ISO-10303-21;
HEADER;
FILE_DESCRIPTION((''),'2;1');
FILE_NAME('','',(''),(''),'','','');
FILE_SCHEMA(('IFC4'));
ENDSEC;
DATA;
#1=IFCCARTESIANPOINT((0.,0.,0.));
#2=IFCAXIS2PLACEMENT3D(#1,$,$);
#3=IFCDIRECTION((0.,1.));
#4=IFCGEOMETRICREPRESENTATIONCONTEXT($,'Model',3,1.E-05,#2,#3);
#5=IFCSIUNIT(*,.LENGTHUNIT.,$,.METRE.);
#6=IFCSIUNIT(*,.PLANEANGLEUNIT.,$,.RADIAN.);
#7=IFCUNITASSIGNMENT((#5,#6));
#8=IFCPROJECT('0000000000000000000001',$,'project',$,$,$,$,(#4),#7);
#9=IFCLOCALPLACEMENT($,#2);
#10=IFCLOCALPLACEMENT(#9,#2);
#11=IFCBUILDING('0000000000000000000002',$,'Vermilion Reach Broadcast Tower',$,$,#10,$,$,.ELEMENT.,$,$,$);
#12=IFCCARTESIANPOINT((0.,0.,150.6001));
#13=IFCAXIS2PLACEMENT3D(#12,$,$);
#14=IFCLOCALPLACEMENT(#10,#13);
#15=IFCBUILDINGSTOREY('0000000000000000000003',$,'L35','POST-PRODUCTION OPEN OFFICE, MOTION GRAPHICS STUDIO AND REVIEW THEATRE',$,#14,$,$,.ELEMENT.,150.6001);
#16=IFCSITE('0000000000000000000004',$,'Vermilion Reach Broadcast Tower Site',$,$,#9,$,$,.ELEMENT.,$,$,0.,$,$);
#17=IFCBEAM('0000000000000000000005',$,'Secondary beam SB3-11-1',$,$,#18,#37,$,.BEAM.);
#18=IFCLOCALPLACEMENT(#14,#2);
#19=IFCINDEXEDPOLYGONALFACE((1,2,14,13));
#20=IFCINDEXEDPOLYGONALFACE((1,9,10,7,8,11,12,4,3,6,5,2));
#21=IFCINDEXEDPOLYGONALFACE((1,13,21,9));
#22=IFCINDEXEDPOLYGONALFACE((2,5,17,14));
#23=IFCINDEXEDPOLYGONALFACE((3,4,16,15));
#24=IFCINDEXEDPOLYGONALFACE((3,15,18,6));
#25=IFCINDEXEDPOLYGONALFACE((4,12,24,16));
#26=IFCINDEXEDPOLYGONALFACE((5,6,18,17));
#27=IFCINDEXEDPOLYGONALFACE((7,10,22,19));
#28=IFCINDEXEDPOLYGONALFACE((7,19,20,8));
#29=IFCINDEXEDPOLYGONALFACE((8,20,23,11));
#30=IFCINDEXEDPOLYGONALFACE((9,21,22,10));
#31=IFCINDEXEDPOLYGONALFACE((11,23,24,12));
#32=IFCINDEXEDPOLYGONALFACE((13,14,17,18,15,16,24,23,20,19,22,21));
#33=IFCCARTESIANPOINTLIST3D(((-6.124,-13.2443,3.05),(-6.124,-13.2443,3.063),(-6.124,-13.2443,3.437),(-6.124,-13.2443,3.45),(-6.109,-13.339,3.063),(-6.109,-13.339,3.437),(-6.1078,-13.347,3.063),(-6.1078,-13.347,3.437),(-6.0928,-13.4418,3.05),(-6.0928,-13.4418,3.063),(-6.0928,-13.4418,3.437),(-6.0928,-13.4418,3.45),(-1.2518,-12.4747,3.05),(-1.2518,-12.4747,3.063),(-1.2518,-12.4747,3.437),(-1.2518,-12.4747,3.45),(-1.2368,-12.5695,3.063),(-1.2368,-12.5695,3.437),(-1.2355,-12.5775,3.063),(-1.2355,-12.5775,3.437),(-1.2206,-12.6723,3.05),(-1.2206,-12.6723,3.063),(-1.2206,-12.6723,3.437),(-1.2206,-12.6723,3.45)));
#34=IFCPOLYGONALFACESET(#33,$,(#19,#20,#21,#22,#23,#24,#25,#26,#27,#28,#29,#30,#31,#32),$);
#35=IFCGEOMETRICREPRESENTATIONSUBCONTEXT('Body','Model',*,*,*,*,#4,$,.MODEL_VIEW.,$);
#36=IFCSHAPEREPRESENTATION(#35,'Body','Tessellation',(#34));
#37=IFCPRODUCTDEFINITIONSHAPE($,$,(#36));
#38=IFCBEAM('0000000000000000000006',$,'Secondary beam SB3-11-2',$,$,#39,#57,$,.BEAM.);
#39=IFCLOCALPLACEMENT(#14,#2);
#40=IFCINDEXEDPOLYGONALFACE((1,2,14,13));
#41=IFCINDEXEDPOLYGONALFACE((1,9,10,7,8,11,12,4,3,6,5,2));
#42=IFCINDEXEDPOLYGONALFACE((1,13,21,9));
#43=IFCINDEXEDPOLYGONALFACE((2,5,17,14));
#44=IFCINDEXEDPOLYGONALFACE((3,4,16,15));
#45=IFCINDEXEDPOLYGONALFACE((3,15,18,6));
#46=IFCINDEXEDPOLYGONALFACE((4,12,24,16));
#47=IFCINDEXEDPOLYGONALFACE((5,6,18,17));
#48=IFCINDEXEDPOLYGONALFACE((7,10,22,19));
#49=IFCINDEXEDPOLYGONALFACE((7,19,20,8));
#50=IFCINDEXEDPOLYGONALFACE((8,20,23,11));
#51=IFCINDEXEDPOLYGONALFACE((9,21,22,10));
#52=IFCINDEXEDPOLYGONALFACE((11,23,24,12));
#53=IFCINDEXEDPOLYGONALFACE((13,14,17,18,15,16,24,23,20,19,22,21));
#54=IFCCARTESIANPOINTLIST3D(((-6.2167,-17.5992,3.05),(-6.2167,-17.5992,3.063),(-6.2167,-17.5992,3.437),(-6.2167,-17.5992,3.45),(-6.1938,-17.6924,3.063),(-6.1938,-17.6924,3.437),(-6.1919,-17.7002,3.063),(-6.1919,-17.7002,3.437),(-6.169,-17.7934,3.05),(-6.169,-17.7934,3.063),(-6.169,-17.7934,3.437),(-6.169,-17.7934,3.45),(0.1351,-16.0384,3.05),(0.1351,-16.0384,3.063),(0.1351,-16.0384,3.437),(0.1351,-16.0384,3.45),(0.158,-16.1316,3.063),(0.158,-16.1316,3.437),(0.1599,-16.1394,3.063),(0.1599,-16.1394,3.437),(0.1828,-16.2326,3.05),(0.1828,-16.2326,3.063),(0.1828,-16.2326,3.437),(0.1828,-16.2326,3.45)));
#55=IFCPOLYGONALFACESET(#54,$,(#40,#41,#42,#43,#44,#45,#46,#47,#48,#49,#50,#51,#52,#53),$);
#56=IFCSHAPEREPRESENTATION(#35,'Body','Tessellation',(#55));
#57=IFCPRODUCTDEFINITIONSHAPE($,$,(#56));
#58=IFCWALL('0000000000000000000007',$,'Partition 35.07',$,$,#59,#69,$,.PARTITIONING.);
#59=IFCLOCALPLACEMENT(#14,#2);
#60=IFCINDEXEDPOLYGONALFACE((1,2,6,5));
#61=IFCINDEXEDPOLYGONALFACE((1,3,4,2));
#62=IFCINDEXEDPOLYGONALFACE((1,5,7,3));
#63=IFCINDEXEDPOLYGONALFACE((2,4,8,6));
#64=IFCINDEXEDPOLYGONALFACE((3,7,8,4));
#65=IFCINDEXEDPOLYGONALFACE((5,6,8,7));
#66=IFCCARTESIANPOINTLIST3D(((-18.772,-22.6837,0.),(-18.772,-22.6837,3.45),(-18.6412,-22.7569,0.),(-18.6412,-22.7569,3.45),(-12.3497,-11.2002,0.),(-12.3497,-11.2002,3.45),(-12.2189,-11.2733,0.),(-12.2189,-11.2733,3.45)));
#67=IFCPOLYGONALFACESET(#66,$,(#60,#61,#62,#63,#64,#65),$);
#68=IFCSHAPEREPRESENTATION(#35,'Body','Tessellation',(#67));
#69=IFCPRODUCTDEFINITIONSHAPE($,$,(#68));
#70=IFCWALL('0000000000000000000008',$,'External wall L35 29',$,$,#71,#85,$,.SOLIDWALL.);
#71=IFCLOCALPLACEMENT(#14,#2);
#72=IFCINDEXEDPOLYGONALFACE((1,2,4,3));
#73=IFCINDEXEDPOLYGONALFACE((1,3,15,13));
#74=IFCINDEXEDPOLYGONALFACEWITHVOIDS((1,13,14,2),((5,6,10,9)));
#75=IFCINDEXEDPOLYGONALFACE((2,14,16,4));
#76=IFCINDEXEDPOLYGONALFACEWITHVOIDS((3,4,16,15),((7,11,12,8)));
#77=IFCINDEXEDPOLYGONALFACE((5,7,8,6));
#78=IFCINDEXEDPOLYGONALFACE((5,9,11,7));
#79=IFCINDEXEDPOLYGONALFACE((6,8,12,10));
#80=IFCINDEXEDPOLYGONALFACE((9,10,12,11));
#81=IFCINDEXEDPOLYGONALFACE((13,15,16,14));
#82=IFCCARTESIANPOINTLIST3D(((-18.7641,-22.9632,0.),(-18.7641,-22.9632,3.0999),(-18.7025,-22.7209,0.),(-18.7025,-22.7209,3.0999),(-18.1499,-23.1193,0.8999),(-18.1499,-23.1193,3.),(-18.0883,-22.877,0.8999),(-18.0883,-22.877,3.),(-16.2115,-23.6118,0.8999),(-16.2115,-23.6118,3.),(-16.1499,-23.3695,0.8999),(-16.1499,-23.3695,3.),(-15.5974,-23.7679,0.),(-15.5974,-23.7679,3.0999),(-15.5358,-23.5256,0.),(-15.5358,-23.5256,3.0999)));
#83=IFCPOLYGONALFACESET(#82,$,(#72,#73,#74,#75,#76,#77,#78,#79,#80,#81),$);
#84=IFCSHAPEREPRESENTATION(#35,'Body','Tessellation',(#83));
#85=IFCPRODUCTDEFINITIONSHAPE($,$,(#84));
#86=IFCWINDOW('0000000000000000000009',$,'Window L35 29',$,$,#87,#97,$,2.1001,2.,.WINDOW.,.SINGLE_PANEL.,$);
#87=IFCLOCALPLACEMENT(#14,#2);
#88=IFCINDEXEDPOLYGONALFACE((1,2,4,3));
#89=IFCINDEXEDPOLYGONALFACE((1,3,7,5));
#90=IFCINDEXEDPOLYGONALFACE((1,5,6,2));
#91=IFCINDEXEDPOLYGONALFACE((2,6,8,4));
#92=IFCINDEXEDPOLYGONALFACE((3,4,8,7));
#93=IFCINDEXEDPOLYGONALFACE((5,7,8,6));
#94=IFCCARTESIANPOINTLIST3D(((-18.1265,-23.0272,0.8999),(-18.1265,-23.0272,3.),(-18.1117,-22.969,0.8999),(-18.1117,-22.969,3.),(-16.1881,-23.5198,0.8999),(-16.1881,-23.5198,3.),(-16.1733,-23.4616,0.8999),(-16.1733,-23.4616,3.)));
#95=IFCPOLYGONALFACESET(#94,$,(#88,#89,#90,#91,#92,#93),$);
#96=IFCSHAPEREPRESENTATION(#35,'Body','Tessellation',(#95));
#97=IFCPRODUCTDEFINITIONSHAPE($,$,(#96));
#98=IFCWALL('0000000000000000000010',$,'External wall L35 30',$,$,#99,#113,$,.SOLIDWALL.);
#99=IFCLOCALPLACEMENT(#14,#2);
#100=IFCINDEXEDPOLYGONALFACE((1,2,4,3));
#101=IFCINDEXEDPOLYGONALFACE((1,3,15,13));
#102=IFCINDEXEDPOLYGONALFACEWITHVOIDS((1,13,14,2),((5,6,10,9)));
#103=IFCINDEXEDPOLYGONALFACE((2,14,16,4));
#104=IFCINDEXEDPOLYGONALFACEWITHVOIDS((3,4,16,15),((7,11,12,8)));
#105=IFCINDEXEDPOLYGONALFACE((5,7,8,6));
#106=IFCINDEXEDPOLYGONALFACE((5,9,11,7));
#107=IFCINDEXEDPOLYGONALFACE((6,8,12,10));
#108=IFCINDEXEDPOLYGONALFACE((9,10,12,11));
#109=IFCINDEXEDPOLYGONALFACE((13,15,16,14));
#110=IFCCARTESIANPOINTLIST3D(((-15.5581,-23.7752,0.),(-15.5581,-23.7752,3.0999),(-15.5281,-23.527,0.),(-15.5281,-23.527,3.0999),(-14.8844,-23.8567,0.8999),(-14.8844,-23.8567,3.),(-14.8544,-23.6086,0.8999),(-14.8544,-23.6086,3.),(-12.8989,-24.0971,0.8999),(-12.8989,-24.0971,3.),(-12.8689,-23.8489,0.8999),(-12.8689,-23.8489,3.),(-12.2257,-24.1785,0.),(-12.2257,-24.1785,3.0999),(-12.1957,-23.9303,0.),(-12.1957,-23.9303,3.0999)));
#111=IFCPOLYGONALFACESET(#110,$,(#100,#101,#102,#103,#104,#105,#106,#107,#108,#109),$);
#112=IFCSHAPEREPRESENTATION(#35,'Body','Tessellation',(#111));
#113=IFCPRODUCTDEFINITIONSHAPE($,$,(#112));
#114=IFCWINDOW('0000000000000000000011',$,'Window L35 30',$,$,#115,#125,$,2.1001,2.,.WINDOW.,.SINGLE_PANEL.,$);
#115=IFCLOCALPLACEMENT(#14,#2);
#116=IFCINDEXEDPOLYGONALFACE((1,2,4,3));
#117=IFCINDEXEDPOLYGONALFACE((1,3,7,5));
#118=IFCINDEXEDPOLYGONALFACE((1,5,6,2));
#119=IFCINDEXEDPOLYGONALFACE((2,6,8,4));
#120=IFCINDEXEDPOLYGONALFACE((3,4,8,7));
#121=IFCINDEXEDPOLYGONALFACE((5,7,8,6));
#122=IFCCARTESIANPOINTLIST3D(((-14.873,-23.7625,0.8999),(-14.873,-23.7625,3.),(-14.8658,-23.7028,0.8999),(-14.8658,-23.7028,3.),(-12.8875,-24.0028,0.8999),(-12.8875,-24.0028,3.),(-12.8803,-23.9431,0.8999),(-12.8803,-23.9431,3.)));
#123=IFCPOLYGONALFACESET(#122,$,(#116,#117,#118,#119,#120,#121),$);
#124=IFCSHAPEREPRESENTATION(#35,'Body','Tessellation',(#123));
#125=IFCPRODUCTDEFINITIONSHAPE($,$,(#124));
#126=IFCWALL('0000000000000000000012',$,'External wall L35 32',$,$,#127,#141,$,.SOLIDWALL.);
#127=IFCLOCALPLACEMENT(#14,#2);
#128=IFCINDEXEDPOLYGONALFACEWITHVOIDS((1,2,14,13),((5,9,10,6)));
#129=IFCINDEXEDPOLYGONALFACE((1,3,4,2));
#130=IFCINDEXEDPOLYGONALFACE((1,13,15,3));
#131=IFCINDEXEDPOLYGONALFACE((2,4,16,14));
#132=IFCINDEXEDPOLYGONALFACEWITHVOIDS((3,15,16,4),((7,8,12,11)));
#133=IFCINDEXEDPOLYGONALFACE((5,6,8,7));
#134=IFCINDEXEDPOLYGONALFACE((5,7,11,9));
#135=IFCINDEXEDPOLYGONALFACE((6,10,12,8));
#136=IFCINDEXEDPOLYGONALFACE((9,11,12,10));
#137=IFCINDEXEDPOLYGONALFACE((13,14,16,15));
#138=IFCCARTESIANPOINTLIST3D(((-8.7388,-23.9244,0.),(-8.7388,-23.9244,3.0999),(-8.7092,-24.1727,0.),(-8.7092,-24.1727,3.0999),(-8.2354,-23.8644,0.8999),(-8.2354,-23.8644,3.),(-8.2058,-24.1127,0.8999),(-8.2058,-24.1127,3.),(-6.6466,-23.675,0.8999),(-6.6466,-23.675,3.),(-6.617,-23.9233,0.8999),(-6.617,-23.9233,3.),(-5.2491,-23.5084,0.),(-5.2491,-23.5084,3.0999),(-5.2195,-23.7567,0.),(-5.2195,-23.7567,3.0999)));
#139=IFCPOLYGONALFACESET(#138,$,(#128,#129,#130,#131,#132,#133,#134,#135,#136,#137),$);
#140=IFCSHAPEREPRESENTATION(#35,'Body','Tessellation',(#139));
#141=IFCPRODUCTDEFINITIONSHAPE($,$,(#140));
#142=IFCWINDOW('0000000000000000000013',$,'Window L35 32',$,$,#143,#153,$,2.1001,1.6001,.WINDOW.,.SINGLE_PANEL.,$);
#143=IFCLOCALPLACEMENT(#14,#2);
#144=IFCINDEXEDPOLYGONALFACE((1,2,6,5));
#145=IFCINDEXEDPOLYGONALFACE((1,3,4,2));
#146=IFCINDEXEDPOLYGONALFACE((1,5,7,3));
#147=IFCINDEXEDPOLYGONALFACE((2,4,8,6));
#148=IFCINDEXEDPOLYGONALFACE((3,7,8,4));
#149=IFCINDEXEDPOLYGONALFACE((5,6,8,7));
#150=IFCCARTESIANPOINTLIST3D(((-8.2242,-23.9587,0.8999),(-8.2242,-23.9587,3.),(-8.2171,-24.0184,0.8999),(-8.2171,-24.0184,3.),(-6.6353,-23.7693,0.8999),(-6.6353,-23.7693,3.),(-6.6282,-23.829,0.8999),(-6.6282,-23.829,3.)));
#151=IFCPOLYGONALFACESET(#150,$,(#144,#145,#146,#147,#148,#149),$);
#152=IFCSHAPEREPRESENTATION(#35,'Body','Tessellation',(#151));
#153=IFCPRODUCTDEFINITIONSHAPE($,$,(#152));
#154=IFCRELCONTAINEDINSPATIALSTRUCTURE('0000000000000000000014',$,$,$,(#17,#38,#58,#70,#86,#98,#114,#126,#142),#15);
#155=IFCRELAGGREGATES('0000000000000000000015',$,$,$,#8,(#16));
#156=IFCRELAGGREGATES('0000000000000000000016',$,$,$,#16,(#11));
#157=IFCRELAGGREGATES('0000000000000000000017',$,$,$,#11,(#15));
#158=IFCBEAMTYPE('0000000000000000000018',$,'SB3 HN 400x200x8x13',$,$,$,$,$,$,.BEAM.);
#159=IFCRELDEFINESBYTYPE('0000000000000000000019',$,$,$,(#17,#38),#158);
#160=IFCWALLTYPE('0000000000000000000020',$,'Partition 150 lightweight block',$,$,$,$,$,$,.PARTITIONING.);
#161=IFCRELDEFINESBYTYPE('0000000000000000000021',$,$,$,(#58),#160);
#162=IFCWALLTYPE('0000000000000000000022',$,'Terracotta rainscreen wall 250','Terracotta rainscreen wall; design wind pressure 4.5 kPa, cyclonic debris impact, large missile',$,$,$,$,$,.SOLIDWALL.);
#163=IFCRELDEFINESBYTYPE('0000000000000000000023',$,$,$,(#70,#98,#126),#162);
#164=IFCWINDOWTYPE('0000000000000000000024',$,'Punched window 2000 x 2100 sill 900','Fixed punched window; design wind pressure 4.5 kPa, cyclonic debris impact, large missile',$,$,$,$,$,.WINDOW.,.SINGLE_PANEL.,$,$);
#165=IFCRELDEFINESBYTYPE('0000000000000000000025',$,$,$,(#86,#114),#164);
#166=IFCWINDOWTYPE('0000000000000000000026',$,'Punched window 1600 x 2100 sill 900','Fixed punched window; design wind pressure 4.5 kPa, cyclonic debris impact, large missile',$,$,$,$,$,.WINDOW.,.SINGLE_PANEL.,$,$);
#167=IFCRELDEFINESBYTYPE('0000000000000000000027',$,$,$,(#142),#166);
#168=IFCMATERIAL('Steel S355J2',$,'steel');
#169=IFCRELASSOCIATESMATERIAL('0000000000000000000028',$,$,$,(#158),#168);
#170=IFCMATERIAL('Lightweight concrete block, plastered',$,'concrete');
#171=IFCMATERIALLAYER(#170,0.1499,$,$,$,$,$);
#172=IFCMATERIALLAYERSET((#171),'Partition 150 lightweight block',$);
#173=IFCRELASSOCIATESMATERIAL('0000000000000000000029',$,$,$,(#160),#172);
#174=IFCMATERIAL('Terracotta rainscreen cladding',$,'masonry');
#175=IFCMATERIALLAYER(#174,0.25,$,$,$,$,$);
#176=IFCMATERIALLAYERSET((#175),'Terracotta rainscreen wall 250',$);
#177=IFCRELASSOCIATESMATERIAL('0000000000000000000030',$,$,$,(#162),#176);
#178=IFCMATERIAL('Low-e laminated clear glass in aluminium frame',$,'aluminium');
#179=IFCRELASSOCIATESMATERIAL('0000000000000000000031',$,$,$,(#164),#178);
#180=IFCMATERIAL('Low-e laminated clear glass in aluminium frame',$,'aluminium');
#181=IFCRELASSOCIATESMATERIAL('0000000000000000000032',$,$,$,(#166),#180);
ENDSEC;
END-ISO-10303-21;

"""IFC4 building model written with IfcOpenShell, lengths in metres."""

from ifc_helpers import new_model, si_unit, direction, frame, frame_2d, origin, origin_2d, place, context, subcontext, project, spatial, rectangle, i_section, extrude, material, layer, layer_set, material_profile, profile_set, type_object, element, fill, save


model = new_model("IFC4")

# Units and contexts
model_context = context("Model", 3, precision=1e-05, world=origin(), true_north=direction((0.0, 1.0)))
body_context = subcontext(model_context, "Body", "Model", "MODEL_VIEW")
ifc_project = project(units=[si_unit("LENGTHUNIT", "METRE"), si_unit("PLANEANGLEUNIT", "RADIAN")], contexts=[model_context])

# Site, building, storey
site_placement = place(None, origin())
site = spatial("IfcSite", under=ifc_project, at=site_placement, Name="Vermilion Reach Broadcast Tower Site", CompositionType="ELEMENT", RefElevation=0.0)
building_placement = place(site_placement, origin())
building = spatial("IfcBuilding", under=site, at=building_placement, Name="Vermilion Reach Broadcast Tower", CompositionType="ELEMENT")
storey_placement = place(building_placement, frame((0.0, 0.0, 150.6001)))
storey = spatial("IfcBuildingStorey", under=building, at=storey_placement, Name="L35", Description="POST-PRODUCTION OPEN OFFICE, MOTION GRAPHICS STUDIO AND REVIEW THEATRE", CompositionType="ELEMENT", Elevation=150.6001)

# Beams
ifc_material_1 = material(Name="Steel S355J2", Category="steel")
ifc_material_profile_1 = material_profile(ifc_material_1, i_section(OverallWidth=0.2, OverallDepth=0.3999, WebThickness=0.0081, FlangeThickness=0.0129, at=origin_2d()), Name="S355J2 HN 400x200x8x13")
ifc_profile_set_1 = profile_set([ifc_material_profile_1], Name="Steel S355J2")
beam_type_1 = type_object("IfcBeamType", Name="SB3 HN 400x200x8x13", PredefinedType="BEAM", material=ifc_profile_set_1)
beam_1_placement = place(storey_placement, frame((-6.1084, -13.343, 3.25), z_axis=(0.987756, 0.156006, 0.0), x_axis=(-0.156006, 0.987756, 0.0)))
element("IfcBeam", 1, at=beam_1_placement, inside=storey, type_object=beam_type_1, Name="Secondary beam SB3-11-1", PredefinedType="BEAM", context=body_context, shape_type="SweptSolid", body=[
    extrude(i_section(OverallWidth=0.2, OverallDepth=0.3999, WebThickness=0.0081, FlangeThickness=0.0129, at=origin_2d()), origin(), (0.0, 0.0, 1.0), 4.9326),
])
beam_2_placement = place(storey_placement, frame((-6.1929, -17.6963, 3.25), z_axis=(0.971112, 0.238625, 0.0), x_axis=(-0.238625, 0.971112, 0.0)))
element("IfcBeam", 2, at=beam_2_placement, inside=storey, type_object=beam_type_1, Name="Secondary beam SB3-11-2", PredefinedType="BEAM", context=body_context, shape_type="SweptSolid", body=[
    extrude(i_section(OverallWidth=0.2, OverallDepth=0.3999, WebThickness=0.0081, FlangeThickness=0.0129, at=origin_2d()), origin(), (0.0, 0.0, 1.0), 6.5408),
])

# Wall
ifc_material_2 = material(Name="Lightweight concrete block, plastered", Category="concrete")
ifc_layer_1 = layer(ifc_material_2, 0.1499)
ifc_layer_set_1 = layer_set([ifc_layer_1], Name="Partition 150 lightweight block")
wall_type_1 = type_object("IfcWallType", Name="Partition 150 lightweight block", PredefinedType="PARTITIONING", material=ifc_layer_set_1)
wall_1_placement = place(storey_placement, frame((-18.7065, -22.7202, 0.0), z_axis=(0.0, 0.0, 1.0), x_axis=(0.488113, 0.872781, 0.0)))
element("IfcWall", 3, at=wall_1_placement, inside=storey, type_object=wall_type_1, Name="Partition 35.07", PredefinedType="PARTITIONING", context=body_context, shape_type="SweptSolid", body=[
    extrude(rectangle(XDim=13.1575, YDim=0.1499, at=frame_2d((6.5786, 0.0))), origin(), (0.0, 0.0, 1.0), 3.45),
])

# Walls, openings, windows
ifc_material_3 = material(Name="Terracotta rainscreen cladding", Category="masonry")
ifc_layer_2 = layer(ifc_material_3, 0.25)
ifc_layer_set_2 = layer_set([ifc_layer_2], Name="Terracotta rainscreen wall 250")
wall_type_2 = type_object("IfcWallType", Name="Terracotta rainscreen wall 250", Description="Terracotta rainscreen wall; design wind pressure 4.5 kPa, cyclonic debris impact, large missile", PredefinedType="SOLIDWALL", material=ifc_layer_set_2)
wall_2_placement = place(storey_placement, frame((-18.7334, -22.842, 0.0), z_axis=(0.0, 0.0, 1.0), x_axis=(0.969199, -0.246279, 0.0)))
wall_2 = element("IfcWall", 4, at=wall_2_placement, inside=storey, type_object=wall_type_2, Name="External wall L35 29", PredefinedType="SOLIDWALL", context=body_context, shape_type="SweptSolid", body=[
    extrude(rectangle(XDim=3.2673, YDim=0.25, at=frame_2d((1.6338, 0.0))), origin(), (0.0, 0.0, 1.0), 3.0999),
])
opening_1_placement = place(wall_2_placement, frame((0.6338, 0.0, 0.8999)))
opening_1 = element("IfcOpeningElement", 5, at=opening_1_placement, cuts=wall_2, PredefinedType="OPENING", context=body_context, shape_type="SweptSolid", body=[
    extrude(rectangle(XDim=2.0, YDim=2.1001, at=frame_2d((1.0, 1.05))), frame((0.0, 0.135, 0.0), z_axis=(0.0, -1.0, 0.0), x_axis=(1.0, 0.0, 0.0)), (0.0, 0.0, 1.0), 0.27),
])
ifc_material_4 = material(Name="Low-e laminated clear glass in aluminium frame", Category="aluminium")
window_type_1 = type_object("IfcWindowType", Name="Punched window 2000 x 2100 sill 900", Description="Fixed punched window; design wind pressure 4.5 kPa, cyclonic debris impact, large missile", PartitioningType="SINGLE_PANEL", PredefinedType="WINDOW", material=ifc_material_4)
window_1_placement = place(opening_1_placement, origin())
window_1 = element("IfcWindow", 6, at=window_1_placement, inside=storey, type_object=window_type_1, Name="Window L35 29", OverallHeight=2.1001, OverallWidth=2.0, PartitioningType="SINGLE_PANEL", PredefinedType="WINDOW", context=body_context, shape_type="SweptSolid", body=[
    extrude(rectangle(XDim=2.0, YDim=2.1001, at=frame_2d((1.0, 1.05))), frame((0.0, 0.03, 0.0), z_axis=(0.0, -1.0, 0.0), x_axis=(1.0, 0.0, 0.0)), (0.0, 0.0, 1.0), 0.0601),
])
fill(opening_1, window_1)
wall_3_placement = place(storey_placement, frame((-15.543, -23.6511, 0.0), z_axis=(0.0, 0.0, 1.0), x_axis=(0.992755, -0.120158, 0.0)))
wall_3 = element("IfcWall", 7, at=wall_3_placement, inside=storey, type_object=wall_type_2, Name="External wall L35 30", PredefinedType="SOLIDWALL", context=body_context, shape_type="SweptSolid", body=[
    extrude(rectangle(XDim=3.3567, YDim=0.25, at=frame_2d((1.6782, 0.0))), origin(), (0.0, 0.0, 1.0), 3.0999),
])
opening_2_placement = place(wall_3_placement, frame((0.6785, 0.0, 0.8999)))
opening_2 = element("IfcOpeningElement", 8, at=opening_2_placement, cuts=wall_3, PredefinedType="OPENING", context=body_context, shape_type="SweptSolid", body=[
    extrude(rectangle(XDim=2.0, YDim=2.1001, at=frame_2d((1.0, 1.05))), frame((0.0, 0.135, 0.0), z_axis=(0.0, -1.0, 0.0), x_axis=(1.0, 0.0, 0.0)), (0.0, 0.0, 1.0), 0.27),
])
window_2_placement = place(opening_2_placement, origin())
window_2 = element("IfcWindow", 9, at=window_2_placement, inside=storey, type_object=window_type_1, Name="Window L35 30", OverallHeight=2.1001, OverallWidth=2.0, PartitioningType="SINGLE_PANEL", PredefinedType="WINDOW", context=body_context, shape_type="SweptSolid", body=[
    extrude(rectangle(XDim=2.0, YDim=2.1001, at=frame_2d((1.0, 1.05))), frame((0.0, 0.03, 0.0), z_axis=(0.0, -1.0, 0.0), x_axis=(1.0, 0.0, 0.0)), (0.0, 0.0, 1.0), 0.0601),
])
fill(opening_2, window_2)

# Wall, opening, window
wall_4_placement = place(storey_placement, frame((-8.7241, -24.0486, 0.0), z_axis=(0.0, 0.0, 1.0), x_axis=(0.992969, 0.118373, 0.0)))
wall_4 = element("IfcWall", 10, at=wall_4_placement, inside=storey, type_object=wall_type_2, Name="External wall L35 32", PredefinedType="SOLIDWALL", context=body_context, shape_type="SweptSolid", body=[
    extrude(rectangle(XDim=3.5144, YDim=0.25, at=frame_2d((1.7573, 0.0))), origin(), (0.0, 0.0, 1.0), 3.0999),
])
opening_3_placement = place(wall_4_placement, frame((0.5071, 0.0, 0.8999)))
opening_3 = element("IfcOpeningElement", 11, at=opening_3_placement, cuts=wall_4, PredefinedType="OPENING", context=body_context, shape_type="SweptSolid", body=[
    extrude(rectangle(XDim=1.6001, YDim=2.1001, at=frame_2d((0.8, 1.05))), frame((0.0, 0.135, 0.0), z_axis=(0.0, -1.0, 0.0), x_axis=(1.0, 0.0, 0.0)), (0.0, 0.0, 1.0), 0.27),
])
ifc_material_5 = material(Name="Low-e laminated clear glass in aluminium frame", Category="aluminium")
window_type_2 = type_object("IfcWindowType", Name="Punched window 1600 x 2100 sill 900", Description="Fixed punched window; design wind pressure 4.5 kPa, cyclonic debris impact, large missile", PartitioningType="SINGLE_PANEL", PredefinedType="WINDOW", material=ifc_material_5)
window_3_placement = place(opening_3_placement, origin())
window_3 = element("IfcWindow", 12, at=window_3_placement, inside=storey, type_object=window_type_2, Name="Window L35 32", OverallHeight=2.1001, OverallWidth=1.6001, PartitioningType="SINGLE_PANEL", PredefinedType="WINDOW", context=body_context, shape_type="SweptSolid", body=[
    extrude(rectangle(XDim=1.6001, YDim=2.1001, at=frame_2d((0.8, 1.05))), frame((0.0, 0.03, 0.0), z_axis=(0.0, -1.0, 0.0), x_axis=(1.0, 0.0, 0.0)), (0.0, 0.0, 1.0), 0.0601),
])
fill(opening_3, window_3)

save(model, "model.ifc")
